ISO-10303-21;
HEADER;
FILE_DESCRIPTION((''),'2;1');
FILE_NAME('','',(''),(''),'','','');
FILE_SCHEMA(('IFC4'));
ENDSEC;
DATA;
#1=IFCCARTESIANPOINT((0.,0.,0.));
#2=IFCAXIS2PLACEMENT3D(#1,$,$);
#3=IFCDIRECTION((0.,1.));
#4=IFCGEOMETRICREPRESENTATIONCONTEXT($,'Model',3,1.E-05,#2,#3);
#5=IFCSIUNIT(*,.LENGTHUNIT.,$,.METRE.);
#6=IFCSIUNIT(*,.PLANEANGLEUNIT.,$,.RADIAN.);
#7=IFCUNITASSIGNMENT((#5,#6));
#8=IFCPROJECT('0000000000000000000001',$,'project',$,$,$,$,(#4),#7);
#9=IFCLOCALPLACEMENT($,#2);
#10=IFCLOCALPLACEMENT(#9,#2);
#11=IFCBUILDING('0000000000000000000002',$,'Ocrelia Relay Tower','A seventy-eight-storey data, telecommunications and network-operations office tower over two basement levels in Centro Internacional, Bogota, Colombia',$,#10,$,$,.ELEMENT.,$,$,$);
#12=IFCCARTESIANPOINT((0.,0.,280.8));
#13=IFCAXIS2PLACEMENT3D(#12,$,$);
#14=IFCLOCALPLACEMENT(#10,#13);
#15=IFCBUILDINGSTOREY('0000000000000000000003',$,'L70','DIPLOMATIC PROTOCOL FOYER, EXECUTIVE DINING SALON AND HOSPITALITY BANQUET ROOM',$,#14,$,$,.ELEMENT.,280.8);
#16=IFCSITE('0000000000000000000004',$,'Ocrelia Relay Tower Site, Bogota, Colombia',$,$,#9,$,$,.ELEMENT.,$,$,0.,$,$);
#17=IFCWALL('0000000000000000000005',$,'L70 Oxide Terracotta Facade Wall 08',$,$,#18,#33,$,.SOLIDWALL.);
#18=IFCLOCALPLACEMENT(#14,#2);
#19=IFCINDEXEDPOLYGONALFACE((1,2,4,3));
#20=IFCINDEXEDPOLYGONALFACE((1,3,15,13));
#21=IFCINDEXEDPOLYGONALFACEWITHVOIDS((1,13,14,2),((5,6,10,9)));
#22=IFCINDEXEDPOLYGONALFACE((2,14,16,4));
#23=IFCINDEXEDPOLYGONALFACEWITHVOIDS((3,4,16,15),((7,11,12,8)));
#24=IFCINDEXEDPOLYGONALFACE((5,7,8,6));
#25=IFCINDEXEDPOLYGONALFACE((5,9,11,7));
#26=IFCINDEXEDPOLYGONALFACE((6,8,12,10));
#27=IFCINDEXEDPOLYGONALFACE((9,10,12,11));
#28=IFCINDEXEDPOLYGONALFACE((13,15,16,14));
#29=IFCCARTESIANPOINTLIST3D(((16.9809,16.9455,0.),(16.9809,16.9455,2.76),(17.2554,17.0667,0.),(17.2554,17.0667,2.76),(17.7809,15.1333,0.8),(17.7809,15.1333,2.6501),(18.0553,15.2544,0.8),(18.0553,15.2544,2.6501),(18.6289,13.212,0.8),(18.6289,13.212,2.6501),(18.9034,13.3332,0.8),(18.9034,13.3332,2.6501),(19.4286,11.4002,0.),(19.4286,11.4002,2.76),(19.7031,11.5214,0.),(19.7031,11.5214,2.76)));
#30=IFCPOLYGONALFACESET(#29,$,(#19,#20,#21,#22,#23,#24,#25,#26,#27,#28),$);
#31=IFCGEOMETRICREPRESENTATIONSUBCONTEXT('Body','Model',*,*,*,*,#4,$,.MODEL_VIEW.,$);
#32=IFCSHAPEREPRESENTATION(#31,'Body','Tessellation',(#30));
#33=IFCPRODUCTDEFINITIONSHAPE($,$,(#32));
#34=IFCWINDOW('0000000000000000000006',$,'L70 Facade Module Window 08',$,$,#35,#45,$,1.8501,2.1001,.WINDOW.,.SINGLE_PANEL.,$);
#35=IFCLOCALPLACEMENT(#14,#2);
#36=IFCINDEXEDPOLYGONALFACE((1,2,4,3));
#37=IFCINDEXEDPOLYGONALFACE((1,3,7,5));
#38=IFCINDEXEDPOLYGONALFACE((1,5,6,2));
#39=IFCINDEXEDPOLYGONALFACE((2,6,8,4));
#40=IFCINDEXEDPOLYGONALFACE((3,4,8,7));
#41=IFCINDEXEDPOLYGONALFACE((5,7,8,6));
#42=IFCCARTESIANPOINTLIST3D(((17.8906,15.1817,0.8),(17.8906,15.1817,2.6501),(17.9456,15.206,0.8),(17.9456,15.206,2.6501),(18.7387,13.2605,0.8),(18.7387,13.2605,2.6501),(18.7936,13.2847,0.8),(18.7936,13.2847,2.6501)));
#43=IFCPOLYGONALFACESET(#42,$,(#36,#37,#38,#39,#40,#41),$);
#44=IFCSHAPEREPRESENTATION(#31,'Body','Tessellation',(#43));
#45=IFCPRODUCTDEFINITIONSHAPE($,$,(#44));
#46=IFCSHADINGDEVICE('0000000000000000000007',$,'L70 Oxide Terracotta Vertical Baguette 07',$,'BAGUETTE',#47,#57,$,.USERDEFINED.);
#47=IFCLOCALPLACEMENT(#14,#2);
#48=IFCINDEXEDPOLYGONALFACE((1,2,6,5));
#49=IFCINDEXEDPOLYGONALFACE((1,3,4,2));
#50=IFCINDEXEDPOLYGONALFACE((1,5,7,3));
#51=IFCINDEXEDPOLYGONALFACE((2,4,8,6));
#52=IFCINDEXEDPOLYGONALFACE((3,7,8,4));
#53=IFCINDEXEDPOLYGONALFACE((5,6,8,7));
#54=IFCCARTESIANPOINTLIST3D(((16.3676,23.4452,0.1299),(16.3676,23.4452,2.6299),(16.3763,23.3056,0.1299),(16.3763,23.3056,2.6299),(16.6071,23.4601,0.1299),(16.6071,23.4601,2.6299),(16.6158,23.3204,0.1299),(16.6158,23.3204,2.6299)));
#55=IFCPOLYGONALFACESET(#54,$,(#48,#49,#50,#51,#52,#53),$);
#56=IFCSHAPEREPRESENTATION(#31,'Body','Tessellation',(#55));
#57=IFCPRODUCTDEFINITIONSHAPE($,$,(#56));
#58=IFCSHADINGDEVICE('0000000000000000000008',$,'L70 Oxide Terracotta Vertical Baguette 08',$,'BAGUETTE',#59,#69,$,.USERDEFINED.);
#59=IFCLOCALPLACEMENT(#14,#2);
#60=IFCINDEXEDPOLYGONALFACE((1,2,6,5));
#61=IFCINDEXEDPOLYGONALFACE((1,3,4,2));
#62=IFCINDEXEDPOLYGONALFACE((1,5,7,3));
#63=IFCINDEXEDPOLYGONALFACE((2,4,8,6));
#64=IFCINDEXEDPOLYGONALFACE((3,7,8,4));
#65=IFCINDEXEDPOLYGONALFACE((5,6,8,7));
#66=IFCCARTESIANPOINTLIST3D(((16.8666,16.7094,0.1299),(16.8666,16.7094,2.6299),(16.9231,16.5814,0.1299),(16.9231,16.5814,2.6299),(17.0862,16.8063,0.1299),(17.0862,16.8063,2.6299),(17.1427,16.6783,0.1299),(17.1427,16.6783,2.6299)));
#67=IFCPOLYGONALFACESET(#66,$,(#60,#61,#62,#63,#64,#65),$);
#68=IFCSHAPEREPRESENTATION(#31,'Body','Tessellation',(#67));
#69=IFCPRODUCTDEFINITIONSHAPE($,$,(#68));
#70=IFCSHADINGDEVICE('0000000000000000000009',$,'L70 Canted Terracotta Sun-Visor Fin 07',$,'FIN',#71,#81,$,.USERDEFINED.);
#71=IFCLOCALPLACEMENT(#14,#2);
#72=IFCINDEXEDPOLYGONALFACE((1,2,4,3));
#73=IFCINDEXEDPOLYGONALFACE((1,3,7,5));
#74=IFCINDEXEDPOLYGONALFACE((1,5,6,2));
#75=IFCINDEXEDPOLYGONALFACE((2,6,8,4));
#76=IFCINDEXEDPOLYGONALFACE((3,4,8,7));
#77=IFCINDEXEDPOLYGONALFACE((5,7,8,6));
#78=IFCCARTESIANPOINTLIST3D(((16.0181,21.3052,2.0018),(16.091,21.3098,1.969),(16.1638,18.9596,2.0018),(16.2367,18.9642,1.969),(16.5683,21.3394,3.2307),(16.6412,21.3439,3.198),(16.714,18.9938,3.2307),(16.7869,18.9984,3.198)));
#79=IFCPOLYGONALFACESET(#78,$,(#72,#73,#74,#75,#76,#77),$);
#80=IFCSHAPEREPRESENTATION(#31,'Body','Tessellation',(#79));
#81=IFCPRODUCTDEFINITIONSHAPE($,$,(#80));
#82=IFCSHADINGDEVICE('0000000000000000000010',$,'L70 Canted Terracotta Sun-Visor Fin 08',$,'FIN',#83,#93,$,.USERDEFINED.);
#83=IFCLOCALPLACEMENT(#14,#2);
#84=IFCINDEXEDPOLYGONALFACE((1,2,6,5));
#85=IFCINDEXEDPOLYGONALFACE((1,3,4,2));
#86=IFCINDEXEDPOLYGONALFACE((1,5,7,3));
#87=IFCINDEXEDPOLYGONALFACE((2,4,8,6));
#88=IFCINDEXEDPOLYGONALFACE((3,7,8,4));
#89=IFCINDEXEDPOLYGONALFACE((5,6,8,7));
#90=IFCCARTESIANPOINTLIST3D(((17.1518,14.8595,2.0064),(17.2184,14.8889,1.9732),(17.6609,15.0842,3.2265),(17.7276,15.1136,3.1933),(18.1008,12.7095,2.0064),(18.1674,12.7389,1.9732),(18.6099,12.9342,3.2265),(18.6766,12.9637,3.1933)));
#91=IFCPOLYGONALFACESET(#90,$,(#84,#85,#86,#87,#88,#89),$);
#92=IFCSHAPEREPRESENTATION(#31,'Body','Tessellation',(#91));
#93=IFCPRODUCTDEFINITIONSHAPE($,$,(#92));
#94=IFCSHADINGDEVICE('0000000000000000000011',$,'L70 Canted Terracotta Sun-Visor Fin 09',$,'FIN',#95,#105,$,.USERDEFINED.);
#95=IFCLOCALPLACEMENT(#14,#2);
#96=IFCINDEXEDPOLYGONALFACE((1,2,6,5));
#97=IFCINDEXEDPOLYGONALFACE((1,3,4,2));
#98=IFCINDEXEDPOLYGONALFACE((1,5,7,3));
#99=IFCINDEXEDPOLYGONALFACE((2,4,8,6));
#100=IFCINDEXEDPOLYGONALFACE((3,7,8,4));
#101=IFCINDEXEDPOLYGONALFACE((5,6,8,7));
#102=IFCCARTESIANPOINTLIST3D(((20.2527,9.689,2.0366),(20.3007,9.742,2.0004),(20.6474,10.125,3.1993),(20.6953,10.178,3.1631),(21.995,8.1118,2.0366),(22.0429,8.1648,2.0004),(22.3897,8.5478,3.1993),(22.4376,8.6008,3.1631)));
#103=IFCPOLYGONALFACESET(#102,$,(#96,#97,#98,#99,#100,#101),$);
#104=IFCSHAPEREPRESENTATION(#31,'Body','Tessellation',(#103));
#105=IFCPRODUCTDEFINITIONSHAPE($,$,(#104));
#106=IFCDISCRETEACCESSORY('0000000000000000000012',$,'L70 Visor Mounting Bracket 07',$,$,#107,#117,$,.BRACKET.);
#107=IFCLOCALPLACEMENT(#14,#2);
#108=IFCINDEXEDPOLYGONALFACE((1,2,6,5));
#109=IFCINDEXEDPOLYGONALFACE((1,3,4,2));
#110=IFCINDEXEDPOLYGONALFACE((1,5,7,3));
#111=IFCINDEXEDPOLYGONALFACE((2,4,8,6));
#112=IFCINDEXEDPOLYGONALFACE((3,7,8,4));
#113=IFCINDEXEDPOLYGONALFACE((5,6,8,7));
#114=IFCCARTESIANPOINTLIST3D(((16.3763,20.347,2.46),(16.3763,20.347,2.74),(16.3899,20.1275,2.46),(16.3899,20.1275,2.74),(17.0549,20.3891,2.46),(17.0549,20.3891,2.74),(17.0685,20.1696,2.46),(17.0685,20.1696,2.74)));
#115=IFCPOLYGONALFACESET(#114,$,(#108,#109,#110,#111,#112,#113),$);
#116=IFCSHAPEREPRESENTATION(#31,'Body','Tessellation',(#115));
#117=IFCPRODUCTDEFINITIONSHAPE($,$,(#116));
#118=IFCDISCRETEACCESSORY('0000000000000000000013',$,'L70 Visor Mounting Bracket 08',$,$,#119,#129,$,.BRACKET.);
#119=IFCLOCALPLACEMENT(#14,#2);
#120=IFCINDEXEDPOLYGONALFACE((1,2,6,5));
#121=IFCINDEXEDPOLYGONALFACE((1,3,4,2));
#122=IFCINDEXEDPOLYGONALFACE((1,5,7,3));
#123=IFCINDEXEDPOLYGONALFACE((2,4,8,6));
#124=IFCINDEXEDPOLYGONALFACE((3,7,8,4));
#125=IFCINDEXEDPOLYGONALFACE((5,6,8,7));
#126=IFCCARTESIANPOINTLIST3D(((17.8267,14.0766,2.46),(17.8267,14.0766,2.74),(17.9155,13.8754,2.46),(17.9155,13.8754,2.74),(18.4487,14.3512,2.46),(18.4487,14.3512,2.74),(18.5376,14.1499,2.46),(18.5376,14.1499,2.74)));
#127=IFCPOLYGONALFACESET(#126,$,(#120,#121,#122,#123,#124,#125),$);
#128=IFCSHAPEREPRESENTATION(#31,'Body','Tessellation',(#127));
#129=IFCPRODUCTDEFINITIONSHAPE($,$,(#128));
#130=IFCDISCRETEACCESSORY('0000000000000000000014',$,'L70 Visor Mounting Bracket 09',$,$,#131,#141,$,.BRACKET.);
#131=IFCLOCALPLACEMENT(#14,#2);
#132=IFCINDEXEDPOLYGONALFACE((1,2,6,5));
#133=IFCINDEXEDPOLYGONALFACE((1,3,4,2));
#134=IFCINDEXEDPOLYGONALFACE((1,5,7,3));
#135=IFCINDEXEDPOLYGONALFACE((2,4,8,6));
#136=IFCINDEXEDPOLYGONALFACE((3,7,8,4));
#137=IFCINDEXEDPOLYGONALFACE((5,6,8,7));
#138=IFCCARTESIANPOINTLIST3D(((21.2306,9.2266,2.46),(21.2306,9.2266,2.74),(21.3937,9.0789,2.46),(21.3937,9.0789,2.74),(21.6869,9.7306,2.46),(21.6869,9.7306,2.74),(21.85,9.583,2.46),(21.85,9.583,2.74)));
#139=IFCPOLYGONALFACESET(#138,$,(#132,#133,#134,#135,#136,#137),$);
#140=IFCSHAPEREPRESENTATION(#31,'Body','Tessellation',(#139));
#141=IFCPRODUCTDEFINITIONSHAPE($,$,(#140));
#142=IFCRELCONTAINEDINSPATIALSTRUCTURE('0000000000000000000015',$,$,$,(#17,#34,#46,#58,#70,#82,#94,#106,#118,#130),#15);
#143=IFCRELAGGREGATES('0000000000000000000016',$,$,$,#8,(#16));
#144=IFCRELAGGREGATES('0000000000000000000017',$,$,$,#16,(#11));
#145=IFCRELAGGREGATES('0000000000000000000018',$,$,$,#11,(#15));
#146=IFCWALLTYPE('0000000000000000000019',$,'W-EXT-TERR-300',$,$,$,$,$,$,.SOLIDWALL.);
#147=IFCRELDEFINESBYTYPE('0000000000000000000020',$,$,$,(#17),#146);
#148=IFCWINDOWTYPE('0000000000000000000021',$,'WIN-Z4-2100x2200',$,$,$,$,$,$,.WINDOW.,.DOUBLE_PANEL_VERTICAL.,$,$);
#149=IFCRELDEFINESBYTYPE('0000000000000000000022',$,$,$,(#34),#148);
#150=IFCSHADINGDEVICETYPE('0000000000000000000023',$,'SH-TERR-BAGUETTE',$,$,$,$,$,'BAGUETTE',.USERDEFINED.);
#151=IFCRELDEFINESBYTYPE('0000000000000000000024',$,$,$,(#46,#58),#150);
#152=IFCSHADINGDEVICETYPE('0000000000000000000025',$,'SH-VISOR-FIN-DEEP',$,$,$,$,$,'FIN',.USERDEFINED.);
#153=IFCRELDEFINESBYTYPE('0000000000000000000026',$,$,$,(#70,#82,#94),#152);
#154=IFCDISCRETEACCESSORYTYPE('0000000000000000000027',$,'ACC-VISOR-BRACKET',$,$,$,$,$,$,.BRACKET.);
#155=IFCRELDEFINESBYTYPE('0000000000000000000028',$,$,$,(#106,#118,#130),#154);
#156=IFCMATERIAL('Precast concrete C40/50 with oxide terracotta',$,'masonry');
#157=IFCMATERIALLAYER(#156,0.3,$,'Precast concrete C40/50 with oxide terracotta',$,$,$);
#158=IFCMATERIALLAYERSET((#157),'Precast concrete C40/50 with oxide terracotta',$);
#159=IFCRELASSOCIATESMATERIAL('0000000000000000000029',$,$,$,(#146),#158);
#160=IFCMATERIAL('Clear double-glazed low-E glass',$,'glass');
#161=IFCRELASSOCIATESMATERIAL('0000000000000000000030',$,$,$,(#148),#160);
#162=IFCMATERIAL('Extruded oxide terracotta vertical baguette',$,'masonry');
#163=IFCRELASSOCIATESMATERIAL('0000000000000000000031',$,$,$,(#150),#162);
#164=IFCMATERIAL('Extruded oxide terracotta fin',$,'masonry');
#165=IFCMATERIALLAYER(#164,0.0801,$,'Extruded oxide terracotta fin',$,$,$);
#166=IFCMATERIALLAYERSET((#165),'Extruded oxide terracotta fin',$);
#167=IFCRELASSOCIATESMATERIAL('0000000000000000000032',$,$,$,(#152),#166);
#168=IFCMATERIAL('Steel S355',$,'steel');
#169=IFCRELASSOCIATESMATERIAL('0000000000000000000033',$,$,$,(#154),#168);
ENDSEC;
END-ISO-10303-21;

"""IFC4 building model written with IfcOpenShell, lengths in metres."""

from ifc_helpers import new_model, si_unit, direction, frame, frame_2d, origin, origin_2d, place, context, subcontext, project, spatial, rectangle, extrude, material, layer, layer_set, type_object, element, fill, save


model = new_model("IFC4")

# Units and contexts
model_context = context("Model", 3, precision=1e-05, world=origin(), true_north=direction((0.0, 1.0)))
body_context = subcontext(model_context, "Body", "Model", "MODEL_VIEW")
ifc_project = project(units=[si_unit("LENGTHUNIT", "METRE"), si_unit("PLANEANGLEUNIT", "RADIAN")], contexts=[model_context])

# Site, building, storey
site_placement = place(None, origin())
site = spatial("IfcSite", under=ifc_project, at=site_placement, Name="Ocrelia Relay Tower Site, Bogota, Colombia", CompositionType="ELEMENT", RefElevation=0.0)
building_placement = place(site_placement, origin())
building = spatial("IfcBuilding", under=site, at=building_placement, Name="Ocrelia Relay Tower", Description="A seventy-eight-storey data, telecommunications and network-operations office tower over two basement levels in Centro Internacional, Bogota, Colombia", CompositionType="ELEMENT")
storey_placement = place(building_placement, frame((0.0, 0.0, 280.8)))
storey = spatial("IfcBuildingStorey", under=building, at=storey_placement, Name="L70", Description="DIPLOMATIC PROTOCOL FOYER, EXECUTIVE DINING SALON AND HOSPITALITY BANQUET ROOM", CompositionType="ELEMENT", Elevation=280.8)

# Shared definitions
ifc_material_1 = material(Name="Steel S355", Category="steel")

# Shared definitions
ifc_material_2 = material(Name="Clear double-glazed low-E glass", Category="glass")

# Wall, opening, window
ifc_material_3 = material(Name="Precast concrete C40/50 with oxide terracotta", Category="masonry")
ifc_layer_1 = layer(ifc_material_3, 0.3, Name="Precast concrete C40/50 with oxide terracotta")
ifc_layer_set_1 = layer_set([ifc_layer_1], Name="Precast concrete C40/50 with oxide terracotta")
wall_type_1 = type_object("IfcWallType", Name="W-EXT-TERR-300", PredefinedType="SOLIDWALL", material=ifc_layer_set_1)
wall_1_placement = place(storey_placement, frame((17.1182, 17.0061, 0.0), z_axis=(0.0, 0.0, 1.0), x_axis=(0.403813, -0.914842, 0.0)))
wall_1 = element("IfcWall", 1, at=wall_1_placement, inside=storey, type_object=wall_type_1, Name="L70 Oxide Terracotta Facade Wall 08", PredefinedType="SOLIDWALL", context=body_context, shape_type="SweptSolid", body=[
    extrude(rectangle(XDim=6.0615, YDim=0.3, at=frame_2d((3.0308, 0.0))), origin(), (0.0, 0.0, 1.0), 2.76),
])
opening_1_placement = place(wall_1_placement, frame((1.981, 0.0, 0.8)))
opening_1 = element("IfcOpeningElement", 2, at=opening_1_placement, cuts=wall_1, PredefinedType="OPENING", context=body_context, shape_type="SweptSolid", body=[
    extrude(rectangle(XDim=2.1001, YDim=1.8501, at=frame_2d((1.05, 0.925))), frame((0.0, 0.1602, 0.0), z_axis=(0.0, -1.0, 0.0), x_axis=(1.0, 0.0, 0.0)), (0.0, 0.0, 1.0), 0.3201),
])
window_type = type_object("IfcWindowType", Name="WIN-Z4-2100x2200", PartitioningType="DOUBLE_PANEL_VERTICAL", PredefinedType="WINDOW", material=ifc_material_2)
window_placement = place(opening_1_placement, origin())
window = element("IfcWindow", 3, at=window_placement, inside=storey, type_object=window_type, Name="L70 Facade Module Window 08", OverallHeight=1.8501, OverallWidth=2.1001, PartitioningType="SINGLE_PANEL", PredefinedType="WINDOW", context=body_context, shape_type="SweptSolid", body=[
    extrude(rectangle(XDim=2.1001, YDim=1.8501, at=frame_2d((1.05, 0.925))), frame((0.0, 0.03, 0.0), z_axis=(0.0, -1.0, 0.0), x_axis=(1.0, 0.0, 0.0)), (0.0, 0.0, 1.0), 0.0601),
])
fill(opening_1, window)

# Shading devices
ifc_material_4 = material(Name="Extruded oxide terracotta vertical baguette", Category="masonry")
shading_device_type_1 = type_object("IfcShadingDeviceType", Name="SH-TERR-BAGUETTE", ElementType="BAGUETTE", PredefinedType="USERDEFINED", material=ifc_material_4)
for number, where, z_axis, x_axis, name in (
    (4, (16.4917, 23.3828, 0.1299), (0.0, 0.0, 1.0), (0.061989, -0.998077, 0.0), "L70 Oxide Terracotta Vertical Baguette 07"),
    (5, (17.0046, 16.6938, 0.1299), (0.0, 0.0, 1.0), (0.403821, -0.914838, 0.0), "L70 Oxide Terracotta Vertical Baguette 08"),
):
    element("IfcShadingDevice", number, at=place(storey_placement, frame(where, z_axis=z_axis, x_axis=x_axis)), inside=storey, type_object=shading_device_type_1, Name=name, ObjectType="BAGUETTE", PredefinedType="USERDEFINED", context=body_context, shape_type="SweptSolid", body=[
        extrude(rectangle(XDim=0.1399, YDim=0.24, at=origin_2d()), origin(), (0.0, 0.0, 1.0), 2.5),
    ])
ifc_material_5 = material(Name="Extruded oxide terracotta fin", Category="masonry")
ifc_layer_2 = layer(ifc_material_5, 0.0801, Name="Extruded oxide terracotta fin")
ifc_layer_set_2 = layer_set([ifc_layer_2], Name="Extruded oxide terracotta fin")
shading_device_type_2 = type_object("IfcShadingDeviceType", Name="SH-VISOR-FIN-DEEP", ElementType="FIN", PredefinedType="USERDEFINED", material=ifc_layer_set_2)
shading_device_1_placement = place(storey_placement, frame((16.439, 20.1541, 2.5835), z_axis=(-0.910651, -0.056559, 0.409286), x_axis=(0.061989, -0.998077, 0.0)))
element("IfcShadingDevice", 6, at=shading_device_1_placement, inside=storey, type_object=shading_device_type_2, Name="L70 Canted Terracotta Sun-Visor Fin 07", ObjectType="FIN", PredefinedType="USERDEFINED", context=body_context, shape_type="SweptSolid", body=[
    extrude(rectangle(XDim=2.3501, YDim=1.3469, at=origin_2d()), origin(), (0.0, 0.0, 1.0), 0.0801),
])
shading_device_2_placement = place(storey_placement, frame((17.9475, 13.9263, 2.5833), z_axis=(-0.832335, -0.367403, 0.415011), x_axis=(0.403821, -0.914838, 0.0)))
element("IfcShadingDevice", 7, at=shading_device_2_placement, inside=storey, type_object=shading_device_type_2, Name="L70 Canted Terracotta Sun-Visor Fin 08", ObjectType="FIN", PredefinedType="USERDEFINED", context=body_context, shape_type="SweptSolid", body=[
    extrude(rectangle(XDim=2.3501, YDim=1.3411, at=origin_2d()), origin(), (0.0, 0.0, 1.0), 0.0801),
])
shading_device_3_placement = place(storey_placement, frame((21.3691, 9.1714, 2.5818), z_axis=(-0.598867, -0.661549, 0.451345), x_axis=(0.741356, -0.671112, 0.0)))
element("IfcShadingDevice", 8, at=shading_device_3_placement, inside=storey, type_object=shading_device_type_2, Name="L70 Canted Terracotta Sun-Visor Fin 09", ObjectType="FIN", PredefinedType="USERDEFINED", context=body_context, shape_type="SweptSolid", body=[
    extrude(rectangle(XDim=2.3501, YDim=1.303, at=origin_2d()), origin(), (0.0, 0.0, 1.0), 0.0801),
])

# Discrete accessories
discrete_accessory_type = type_object("IfcDiscreteAccessoryType", Name="ACC-VISOR-BRACKET", PredefinedType="BRACKET", material=ifc_material_1)
for number, where, z_axis, x_axis, name in (
    (9, (16.7224, 20.2583, 2.46), (0.0, 0.0, 1.0), (0.061989, -0.998077, 0.0), "L70 Visor Mounting Bracket 07"),
    (10, (18.1821, 14.1133, 2.46), (0.0, 0.0, 1.0), (0.403821, -0.914838, 0.0), "L70 Visor Mounting Bracket 08"),
    (11, (21.5403, 9.4048, 2.46), (0.0, 0.0, 1.0), (0.741356, -0.671112, 0.0), "L70 Visor Mounting Bracket 09"),
):
    element("IfcDiscreteAccessory", number, at=place(storey_placement, frame(where, z_axis=z_axis, x_axis=x_axis)), inside=storey, type_object=discrete_accessory_type, Name=name, PredefinedType="BRACKET", context=body_context, shape_type="SweptSolid", body=[
        extrude(rectangle(XDim=0.22, YDim=0.6799, at=origin_2d()), origin(), (0.0, 0.0, 1.0), 0.28),
    ])

save(model, "model.ifc")
